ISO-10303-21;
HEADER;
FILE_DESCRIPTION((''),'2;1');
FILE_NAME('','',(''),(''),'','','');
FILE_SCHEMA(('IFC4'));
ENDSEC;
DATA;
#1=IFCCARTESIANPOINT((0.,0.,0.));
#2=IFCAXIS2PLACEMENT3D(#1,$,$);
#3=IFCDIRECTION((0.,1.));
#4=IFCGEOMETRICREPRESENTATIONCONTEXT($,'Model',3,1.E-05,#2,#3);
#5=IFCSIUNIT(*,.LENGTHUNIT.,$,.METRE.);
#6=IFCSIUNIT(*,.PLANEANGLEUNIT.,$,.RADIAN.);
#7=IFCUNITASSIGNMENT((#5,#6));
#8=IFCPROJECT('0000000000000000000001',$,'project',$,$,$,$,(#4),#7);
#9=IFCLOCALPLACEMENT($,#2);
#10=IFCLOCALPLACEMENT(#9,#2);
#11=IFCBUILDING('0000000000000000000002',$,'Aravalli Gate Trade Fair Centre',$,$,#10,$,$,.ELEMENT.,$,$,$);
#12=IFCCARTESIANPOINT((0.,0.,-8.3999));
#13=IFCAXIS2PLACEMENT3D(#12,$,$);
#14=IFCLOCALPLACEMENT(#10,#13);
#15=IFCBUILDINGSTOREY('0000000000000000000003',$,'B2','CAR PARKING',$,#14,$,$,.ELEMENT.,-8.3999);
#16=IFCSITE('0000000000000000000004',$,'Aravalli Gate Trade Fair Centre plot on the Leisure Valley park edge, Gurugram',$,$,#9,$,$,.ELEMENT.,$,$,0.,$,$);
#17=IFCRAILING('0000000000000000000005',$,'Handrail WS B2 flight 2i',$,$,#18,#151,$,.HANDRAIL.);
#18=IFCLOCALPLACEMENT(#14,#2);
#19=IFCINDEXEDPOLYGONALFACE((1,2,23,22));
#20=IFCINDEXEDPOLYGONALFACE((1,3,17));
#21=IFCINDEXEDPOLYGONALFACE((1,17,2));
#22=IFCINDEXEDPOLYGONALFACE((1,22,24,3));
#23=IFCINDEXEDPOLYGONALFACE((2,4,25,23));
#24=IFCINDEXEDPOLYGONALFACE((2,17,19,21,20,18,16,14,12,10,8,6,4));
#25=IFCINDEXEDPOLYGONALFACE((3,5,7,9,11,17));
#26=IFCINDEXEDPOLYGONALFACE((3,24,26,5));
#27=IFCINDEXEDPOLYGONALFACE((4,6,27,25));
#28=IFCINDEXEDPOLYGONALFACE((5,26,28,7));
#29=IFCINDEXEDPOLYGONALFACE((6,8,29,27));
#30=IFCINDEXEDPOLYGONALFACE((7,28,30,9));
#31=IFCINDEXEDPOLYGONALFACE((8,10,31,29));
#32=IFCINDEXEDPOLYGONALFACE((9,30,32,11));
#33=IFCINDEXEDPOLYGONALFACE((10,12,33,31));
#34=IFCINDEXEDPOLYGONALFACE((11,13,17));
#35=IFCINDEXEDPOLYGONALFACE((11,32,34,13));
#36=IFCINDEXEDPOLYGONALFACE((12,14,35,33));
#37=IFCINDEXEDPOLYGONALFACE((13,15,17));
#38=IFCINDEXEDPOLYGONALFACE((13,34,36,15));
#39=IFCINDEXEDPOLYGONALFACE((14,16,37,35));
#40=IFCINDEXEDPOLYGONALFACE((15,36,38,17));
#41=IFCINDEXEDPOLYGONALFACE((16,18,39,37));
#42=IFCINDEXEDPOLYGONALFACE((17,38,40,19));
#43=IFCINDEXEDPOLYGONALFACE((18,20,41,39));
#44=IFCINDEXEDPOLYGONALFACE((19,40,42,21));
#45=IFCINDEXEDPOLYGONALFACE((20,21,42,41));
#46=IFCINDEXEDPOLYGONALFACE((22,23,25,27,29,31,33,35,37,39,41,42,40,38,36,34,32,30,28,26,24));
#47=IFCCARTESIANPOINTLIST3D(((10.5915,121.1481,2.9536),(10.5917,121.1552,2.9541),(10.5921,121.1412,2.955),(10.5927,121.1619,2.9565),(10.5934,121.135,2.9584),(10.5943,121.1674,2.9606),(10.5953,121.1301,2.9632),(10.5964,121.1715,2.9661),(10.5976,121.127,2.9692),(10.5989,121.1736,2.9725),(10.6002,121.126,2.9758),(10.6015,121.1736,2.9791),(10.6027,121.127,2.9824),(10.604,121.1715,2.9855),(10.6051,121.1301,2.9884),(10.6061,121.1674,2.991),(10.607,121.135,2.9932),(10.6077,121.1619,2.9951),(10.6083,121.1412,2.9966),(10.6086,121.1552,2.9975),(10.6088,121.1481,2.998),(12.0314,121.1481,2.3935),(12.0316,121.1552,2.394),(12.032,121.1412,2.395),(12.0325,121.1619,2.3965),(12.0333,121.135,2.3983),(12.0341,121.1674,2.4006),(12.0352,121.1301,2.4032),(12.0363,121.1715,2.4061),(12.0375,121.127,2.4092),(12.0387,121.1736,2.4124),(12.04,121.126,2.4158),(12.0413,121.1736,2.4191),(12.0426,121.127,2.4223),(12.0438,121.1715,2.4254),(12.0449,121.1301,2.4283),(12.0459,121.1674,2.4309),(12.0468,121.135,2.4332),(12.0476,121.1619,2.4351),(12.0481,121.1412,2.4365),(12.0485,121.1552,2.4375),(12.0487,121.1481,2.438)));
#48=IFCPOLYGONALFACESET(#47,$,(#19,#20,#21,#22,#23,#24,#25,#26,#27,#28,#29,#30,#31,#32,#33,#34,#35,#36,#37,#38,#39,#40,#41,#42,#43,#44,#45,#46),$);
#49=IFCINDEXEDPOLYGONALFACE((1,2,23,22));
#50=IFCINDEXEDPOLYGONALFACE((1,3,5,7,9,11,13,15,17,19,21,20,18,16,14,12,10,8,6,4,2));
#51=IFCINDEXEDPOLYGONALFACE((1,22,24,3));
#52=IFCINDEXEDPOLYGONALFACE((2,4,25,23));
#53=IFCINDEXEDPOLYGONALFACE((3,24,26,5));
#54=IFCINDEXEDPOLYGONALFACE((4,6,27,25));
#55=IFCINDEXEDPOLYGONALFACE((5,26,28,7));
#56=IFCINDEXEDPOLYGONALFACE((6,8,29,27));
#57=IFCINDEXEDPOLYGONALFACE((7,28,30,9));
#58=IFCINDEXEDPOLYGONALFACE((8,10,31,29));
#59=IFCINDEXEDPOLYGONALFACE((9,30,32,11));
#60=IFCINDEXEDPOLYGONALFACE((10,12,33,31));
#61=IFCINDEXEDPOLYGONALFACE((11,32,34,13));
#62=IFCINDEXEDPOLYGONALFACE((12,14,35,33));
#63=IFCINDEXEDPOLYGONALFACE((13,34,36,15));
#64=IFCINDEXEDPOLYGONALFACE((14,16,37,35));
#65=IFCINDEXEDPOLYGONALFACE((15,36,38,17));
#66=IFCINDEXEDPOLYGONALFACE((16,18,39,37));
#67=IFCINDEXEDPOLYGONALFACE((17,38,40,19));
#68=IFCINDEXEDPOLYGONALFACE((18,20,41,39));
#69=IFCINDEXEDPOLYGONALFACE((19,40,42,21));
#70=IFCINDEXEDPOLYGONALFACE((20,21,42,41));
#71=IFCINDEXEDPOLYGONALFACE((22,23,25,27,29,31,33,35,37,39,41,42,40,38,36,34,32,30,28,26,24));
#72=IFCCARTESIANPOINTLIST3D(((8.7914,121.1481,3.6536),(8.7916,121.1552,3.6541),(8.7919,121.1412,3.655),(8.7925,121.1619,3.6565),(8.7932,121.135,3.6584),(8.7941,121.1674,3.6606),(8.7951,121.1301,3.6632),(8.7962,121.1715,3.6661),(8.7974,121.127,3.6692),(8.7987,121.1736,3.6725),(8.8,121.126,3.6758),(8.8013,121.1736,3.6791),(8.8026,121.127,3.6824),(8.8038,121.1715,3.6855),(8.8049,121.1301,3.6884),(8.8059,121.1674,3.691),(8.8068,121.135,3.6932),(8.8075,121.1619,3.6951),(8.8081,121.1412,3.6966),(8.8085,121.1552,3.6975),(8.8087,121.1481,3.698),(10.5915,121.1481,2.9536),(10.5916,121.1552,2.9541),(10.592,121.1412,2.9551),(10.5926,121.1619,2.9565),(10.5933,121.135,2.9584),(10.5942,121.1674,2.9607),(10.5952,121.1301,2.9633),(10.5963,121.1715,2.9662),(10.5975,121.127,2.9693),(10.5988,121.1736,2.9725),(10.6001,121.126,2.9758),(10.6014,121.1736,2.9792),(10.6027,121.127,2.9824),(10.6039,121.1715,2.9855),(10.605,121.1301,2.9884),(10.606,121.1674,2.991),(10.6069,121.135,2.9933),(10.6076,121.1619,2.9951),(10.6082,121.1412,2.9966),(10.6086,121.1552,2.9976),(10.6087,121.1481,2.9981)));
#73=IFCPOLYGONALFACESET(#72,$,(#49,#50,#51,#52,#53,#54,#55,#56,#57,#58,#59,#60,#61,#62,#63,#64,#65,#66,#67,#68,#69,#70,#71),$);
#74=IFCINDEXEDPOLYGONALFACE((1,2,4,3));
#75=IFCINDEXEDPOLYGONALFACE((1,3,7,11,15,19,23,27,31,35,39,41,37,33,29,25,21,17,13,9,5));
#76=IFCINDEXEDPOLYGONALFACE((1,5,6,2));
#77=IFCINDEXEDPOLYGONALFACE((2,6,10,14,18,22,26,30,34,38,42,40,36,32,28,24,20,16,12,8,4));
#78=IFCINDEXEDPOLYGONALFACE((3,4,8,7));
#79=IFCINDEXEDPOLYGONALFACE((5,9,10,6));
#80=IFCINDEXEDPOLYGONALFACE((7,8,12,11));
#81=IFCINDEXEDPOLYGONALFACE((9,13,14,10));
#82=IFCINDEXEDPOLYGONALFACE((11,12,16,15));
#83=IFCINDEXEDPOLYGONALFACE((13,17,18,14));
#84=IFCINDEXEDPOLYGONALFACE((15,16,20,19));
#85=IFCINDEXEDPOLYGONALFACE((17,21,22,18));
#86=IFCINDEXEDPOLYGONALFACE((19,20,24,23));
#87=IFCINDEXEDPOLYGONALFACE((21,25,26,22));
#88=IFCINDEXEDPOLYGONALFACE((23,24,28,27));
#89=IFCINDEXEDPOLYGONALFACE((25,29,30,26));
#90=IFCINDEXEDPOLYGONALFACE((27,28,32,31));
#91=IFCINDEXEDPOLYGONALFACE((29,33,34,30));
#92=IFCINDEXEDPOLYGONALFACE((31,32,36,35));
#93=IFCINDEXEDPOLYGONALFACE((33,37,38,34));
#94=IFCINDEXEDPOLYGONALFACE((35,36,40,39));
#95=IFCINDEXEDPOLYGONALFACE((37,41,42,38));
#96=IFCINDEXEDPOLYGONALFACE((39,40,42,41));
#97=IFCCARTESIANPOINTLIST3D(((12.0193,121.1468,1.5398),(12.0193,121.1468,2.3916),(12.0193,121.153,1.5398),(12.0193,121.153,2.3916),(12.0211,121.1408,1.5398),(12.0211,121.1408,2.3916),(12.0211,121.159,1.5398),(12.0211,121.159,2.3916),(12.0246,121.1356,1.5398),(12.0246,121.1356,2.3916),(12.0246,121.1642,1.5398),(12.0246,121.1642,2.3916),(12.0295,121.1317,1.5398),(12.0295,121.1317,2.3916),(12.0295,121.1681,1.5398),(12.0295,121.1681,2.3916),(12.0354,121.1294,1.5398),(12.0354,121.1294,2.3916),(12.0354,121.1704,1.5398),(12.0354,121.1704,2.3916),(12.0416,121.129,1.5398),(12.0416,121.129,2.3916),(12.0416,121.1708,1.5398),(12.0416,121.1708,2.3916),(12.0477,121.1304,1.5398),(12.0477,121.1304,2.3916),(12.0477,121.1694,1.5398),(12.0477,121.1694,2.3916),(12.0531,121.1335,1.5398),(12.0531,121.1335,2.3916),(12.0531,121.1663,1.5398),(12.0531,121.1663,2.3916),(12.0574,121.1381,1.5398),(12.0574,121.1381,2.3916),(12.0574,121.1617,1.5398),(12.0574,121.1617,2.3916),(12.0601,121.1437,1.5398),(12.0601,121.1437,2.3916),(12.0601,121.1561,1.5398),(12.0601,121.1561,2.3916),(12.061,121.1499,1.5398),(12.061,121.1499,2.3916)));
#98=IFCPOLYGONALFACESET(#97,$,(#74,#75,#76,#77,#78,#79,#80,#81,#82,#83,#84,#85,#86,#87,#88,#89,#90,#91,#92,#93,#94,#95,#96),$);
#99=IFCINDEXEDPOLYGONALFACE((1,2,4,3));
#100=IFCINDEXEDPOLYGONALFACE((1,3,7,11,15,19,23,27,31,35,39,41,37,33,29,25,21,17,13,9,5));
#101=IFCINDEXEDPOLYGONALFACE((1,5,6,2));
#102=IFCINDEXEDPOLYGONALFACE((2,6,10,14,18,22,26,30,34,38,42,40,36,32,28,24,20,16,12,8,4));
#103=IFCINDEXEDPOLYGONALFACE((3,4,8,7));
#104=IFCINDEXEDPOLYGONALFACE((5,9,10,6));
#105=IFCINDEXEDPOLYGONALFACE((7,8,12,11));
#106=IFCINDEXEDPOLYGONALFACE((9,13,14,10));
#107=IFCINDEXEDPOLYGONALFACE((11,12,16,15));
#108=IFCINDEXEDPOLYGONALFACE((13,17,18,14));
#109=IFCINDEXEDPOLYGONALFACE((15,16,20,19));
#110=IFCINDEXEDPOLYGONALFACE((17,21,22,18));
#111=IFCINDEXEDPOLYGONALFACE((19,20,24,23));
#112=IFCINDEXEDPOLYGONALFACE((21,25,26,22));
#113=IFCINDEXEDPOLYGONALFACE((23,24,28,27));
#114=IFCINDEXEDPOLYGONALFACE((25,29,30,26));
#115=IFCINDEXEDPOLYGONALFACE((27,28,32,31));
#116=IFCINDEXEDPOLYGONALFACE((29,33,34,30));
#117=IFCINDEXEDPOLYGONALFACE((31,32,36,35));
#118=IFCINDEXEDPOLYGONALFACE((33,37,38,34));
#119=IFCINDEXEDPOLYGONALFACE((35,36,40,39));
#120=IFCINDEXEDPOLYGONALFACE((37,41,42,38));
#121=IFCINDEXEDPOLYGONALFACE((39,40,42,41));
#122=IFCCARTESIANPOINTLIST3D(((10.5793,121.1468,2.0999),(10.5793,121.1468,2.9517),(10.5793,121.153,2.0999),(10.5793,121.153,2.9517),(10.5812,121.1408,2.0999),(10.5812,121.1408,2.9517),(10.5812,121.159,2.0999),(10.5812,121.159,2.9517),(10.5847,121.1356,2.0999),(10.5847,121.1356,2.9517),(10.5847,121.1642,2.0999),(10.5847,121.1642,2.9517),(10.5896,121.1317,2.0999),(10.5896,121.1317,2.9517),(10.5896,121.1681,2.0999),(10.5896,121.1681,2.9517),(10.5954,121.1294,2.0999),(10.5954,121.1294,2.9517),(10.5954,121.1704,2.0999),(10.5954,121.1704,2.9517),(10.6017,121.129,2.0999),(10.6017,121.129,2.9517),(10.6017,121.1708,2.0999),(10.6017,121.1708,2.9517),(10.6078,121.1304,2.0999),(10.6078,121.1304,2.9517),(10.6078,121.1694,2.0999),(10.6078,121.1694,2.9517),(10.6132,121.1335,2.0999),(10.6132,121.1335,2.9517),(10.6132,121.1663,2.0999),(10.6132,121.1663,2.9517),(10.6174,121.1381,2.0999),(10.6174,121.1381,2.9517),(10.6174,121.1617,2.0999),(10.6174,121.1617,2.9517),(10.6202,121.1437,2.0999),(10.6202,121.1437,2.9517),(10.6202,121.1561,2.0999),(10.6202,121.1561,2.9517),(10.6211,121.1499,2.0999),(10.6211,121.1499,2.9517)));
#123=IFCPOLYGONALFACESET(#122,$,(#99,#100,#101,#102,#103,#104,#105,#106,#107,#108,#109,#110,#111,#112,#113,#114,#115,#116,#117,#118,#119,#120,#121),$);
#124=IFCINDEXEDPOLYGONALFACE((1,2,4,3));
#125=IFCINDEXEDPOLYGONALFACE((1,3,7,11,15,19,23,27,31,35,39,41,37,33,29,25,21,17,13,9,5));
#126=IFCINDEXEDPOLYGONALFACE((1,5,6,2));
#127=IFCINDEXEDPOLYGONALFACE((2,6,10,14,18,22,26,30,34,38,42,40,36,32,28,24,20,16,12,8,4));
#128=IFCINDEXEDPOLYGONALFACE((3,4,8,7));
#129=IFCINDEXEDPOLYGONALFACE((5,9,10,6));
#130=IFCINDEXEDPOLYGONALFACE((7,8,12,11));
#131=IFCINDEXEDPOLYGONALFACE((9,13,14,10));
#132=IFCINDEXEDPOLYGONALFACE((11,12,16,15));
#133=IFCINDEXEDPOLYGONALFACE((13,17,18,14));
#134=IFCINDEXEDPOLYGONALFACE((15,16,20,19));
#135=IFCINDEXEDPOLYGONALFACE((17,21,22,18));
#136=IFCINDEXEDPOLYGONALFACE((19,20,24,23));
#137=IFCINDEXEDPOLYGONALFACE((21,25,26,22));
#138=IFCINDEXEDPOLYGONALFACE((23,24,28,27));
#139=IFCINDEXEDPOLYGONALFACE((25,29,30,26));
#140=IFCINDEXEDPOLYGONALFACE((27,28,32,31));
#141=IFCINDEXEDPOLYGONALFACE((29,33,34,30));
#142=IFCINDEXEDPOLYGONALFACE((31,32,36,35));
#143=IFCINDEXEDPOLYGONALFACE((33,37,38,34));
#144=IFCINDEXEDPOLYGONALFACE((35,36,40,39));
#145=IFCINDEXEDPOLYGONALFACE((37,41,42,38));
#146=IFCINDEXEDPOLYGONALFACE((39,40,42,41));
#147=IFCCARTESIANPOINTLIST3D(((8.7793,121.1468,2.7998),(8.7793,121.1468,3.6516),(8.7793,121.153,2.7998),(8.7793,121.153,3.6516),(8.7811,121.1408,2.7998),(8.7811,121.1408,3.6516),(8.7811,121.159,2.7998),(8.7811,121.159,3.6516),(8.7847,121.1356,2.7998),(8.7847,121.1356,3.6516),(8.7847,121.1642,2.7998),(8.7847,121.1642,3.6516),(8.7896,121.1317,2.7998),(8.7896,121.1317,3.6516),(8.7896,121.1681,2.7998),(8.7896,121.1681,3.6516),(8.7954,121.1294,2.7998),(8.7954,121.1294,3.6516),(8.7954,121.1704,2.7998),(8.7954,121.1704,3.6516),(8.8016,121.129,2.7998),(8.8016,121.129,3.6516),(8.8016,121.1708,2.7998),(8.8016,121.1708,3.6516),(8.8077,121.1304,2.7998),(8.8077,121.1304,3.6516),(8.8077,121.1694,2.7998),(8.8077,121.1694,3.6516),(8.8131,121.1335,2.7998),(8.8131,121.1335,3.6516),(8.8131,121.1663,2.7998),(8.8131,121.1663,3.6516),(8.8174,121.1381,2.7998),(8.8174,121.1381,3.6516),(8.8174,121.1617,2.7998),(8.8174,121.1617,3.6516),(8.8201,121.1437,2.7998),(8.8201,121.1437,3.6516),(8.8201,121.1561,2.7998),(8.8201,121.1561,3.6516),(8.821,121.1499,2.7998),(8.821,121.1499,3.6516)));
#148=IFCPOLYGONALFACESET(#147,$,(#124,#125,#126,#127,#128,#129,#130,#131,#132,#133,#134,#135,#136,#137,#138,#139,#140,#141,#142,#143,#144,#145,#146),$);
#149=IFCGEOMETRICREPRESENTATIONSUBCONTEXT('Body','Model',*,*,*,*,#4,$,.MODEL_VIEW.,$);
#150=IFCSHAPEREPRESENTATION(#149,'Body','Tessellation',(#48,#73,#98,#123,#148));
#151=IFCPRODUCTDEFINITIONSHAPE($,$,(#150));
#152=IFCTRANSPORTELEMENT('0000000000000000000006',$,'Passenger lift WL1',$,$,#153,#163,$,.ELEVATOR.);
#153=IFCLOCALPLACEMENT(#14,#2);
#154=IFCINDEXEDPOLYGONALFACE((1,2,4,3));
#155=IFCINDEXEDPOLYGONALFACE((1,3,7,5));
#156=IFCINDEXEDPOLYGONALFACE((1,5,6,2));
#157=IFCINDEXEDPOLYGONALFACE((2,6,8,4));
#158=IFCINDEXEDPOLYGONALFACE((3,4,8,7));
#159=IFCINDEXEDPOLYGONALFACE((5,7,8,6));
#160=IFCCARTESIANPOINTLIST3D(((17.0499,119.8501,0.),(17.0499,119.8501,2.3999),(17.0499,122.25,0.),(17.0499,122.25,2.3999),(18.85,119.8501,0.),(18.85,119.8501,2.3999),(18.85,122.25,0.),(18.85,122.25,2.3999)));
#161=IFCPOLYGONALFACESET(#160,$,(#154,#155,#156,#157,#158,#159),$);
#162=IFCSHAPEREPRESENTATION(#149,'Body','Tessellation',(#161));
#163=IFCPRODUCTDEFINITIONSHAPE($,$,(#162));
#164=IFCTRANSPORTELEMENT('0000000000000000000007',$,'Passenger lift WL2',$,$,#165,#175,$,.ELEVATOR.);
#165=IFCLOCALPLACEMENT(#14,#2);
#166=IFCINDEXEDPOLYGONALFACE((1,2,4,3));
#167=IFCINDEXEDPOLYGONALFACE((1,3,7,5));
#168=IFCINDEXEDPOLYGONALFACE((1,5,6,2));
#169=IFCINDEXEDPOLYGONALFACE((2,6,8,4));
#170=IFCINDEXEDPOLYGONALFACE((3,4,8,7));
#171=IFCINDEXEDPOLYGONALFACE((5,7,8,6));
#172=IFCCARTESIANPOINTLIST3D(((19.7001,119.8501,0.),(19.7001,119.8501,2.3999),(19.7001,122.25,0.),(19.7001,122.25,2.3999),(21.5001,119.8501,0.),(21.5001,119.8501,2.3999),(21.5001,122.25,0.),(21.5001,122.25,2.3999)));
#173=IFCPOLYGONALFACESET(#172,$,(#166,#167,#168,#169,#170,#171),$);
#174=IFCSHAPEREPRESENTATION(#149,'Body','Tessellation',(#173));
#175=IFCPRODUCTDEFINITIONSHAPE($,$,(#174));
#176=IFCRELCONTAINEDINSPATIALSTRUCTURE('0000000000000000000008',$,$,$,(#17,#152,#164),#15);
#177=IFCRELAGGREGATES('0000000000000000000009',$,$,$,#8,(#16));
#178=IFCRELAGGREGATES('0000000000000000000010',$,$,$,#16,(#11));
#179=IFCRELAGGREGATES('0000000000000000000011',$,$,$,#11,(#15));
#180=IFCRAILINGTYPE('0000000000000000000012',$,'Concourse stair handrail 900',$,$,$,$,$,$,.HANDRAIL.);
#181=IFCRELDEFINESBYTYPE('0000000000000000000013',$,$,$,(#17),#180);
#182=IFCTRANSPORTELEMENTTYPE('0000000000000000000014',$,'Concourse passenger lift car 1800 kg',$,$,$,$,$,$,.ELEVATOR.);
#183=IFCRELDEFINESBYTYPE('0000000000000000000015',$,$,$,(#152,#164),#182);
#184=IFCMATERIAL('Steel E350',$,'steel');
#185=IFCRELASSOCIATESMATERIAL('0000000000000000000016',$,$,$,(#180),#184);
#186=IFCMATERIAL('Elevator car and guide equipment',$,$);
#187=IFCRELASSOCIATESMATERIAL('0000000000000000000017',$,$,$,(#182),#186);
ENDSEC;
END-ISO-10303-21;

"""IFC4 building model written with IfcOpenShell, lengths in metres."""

from ifc_helpers import new_model, si_unit, direction, frame, origin, origin_2d, place, context, subcontext, project, spatial, rectangle, circle, extrude, material, type_object, element, save


model = new_model("IFC4")

# Units and contexts
model_context = context("Model", 3, precision=1e-05, world=origin(), true_north=direction((0.0, 1.0)))
body_context = subcontext(model_context, "Body", "Model", "MODEL_VIEW")
ifc_project = project(units=[si_unit("LENGTHUNIT", "METRE"), si_unit("PLANEANGLEUNIT", "RADIAN")], contexts=[model_context])

# Site, building, storey
site_placement = place(None, origin())
site = spatial("IfcSite", under=ifc_project, at=site_placement, Name="Aravalli Gate Trade Fair Centre plot on the Leisure Valley park edge, Gurugram", CompositionType="ELEMENT", RefElevation=0.0)
building_placement = place(site_placement, origin())
building = spatial("IfcBuilding", under=site, at=building_placement, Name="Aravalli Gate Trade Fair Centre", CompositionType="ELEMENT")
storey_placement = place(building_placement, frame((0.0, 0.0, -8.3999)))
storey = spatial("IfcBuildingStorey", under=building, at=storey_placement, Name="B2", Description="CAR PARKING", CompositionType="ELEMENT", Elevation=-8.3999)

# Railing
ifc_material_1 = material(Name="Steel E350", Category="steel")
railing_type = type_object("IfcRailingType", Name="Concourse stair handrail 900", PredefinedType="HANDRAIL", material=ifc_material_1)
for number, where, name in (
    (1, (12.04, 121.1499, 1.5398), "Handrail WS B2 flight 2i"),
):
    element("IfcRailing", number, at=place(storey_placement, frame(where)), inside=storey, type_object=railing_type, Name=name, PredefinedType="HANDRAIL", context=body_context, shape_type="SweptSolid", body=[
        extrude(circle(Radius=0.0239, at=origin_2d()), frame((0.0, 0.0, 0.876), z_axis=(-0.931987, 0.0, 0.362492), x_axis=(0.0, -1.0, 0.0)), (0.0, 0.0, 1.0), 1.5449),
        extrude(circle(Radius=0.0239, at=origin_2d()), frame((-1.4399, 0.0, 1.436), z_axis=(-0.932017, 0.0, 0.362416), x_axis=(0.0, -1.0, 0.0)), (0.0, 0.0, 1.0), 1.9314),
        extrude(circle(Radius=0.021, at=origin_2d()), origin(), (0.0, 0.0, 1.0), 0.8518),
        extrude(circle(Radius=0.021, at=origin_2d()), frame((-1.4399, 0.0, 0.5601)), (0.0, 0.0, 1.0), 0.8518),
        extrude(circle(Radius=0.021, at=origin_2d()), frame((-3.24, 0.0, 1.26)), (0.0, 0.0, 1.0), 0.8518),
    ])

# Transport elements
ifc_material_2 = material(Name="Elevator car and guide equipment")
transport_element_type = type_object("IfcTransportElementType", Name="Concourse passenger lift car 1800 kg", PredefinedType="ELEVATOR", material=ifc_material_2)
for number, where, z_axis, x_axis, name in (
    (2, (17.95, 121.05, 0.0), (0.0, 0.0, 1.0), (1.0, 0.0, 0.0), "Passenger lift WL1"),
    (3, (20.6001, 121.05, 0.0), (0.0, 0.0, 1.0), (1.0, 0.0, 0.0), "Passenger lift WL2"),
):
    element("IfcTransportElement", number, at=place(storey_placement, frame(where, z_axis=z_axis, x_axis=x_axis)), inside=storey, type_object=transport_element_type, Name=name, PredefinedType="ELEVATOR", context=body_context, shape_type="SweptSolid", body=[
        extrude(rectangle(XDim=1.8, YDim=2.3999, at=origin_2d()), origin(), (0.0, 0.0, 1.0), 2.3999),
    ])

save(model, "model.ifc")
